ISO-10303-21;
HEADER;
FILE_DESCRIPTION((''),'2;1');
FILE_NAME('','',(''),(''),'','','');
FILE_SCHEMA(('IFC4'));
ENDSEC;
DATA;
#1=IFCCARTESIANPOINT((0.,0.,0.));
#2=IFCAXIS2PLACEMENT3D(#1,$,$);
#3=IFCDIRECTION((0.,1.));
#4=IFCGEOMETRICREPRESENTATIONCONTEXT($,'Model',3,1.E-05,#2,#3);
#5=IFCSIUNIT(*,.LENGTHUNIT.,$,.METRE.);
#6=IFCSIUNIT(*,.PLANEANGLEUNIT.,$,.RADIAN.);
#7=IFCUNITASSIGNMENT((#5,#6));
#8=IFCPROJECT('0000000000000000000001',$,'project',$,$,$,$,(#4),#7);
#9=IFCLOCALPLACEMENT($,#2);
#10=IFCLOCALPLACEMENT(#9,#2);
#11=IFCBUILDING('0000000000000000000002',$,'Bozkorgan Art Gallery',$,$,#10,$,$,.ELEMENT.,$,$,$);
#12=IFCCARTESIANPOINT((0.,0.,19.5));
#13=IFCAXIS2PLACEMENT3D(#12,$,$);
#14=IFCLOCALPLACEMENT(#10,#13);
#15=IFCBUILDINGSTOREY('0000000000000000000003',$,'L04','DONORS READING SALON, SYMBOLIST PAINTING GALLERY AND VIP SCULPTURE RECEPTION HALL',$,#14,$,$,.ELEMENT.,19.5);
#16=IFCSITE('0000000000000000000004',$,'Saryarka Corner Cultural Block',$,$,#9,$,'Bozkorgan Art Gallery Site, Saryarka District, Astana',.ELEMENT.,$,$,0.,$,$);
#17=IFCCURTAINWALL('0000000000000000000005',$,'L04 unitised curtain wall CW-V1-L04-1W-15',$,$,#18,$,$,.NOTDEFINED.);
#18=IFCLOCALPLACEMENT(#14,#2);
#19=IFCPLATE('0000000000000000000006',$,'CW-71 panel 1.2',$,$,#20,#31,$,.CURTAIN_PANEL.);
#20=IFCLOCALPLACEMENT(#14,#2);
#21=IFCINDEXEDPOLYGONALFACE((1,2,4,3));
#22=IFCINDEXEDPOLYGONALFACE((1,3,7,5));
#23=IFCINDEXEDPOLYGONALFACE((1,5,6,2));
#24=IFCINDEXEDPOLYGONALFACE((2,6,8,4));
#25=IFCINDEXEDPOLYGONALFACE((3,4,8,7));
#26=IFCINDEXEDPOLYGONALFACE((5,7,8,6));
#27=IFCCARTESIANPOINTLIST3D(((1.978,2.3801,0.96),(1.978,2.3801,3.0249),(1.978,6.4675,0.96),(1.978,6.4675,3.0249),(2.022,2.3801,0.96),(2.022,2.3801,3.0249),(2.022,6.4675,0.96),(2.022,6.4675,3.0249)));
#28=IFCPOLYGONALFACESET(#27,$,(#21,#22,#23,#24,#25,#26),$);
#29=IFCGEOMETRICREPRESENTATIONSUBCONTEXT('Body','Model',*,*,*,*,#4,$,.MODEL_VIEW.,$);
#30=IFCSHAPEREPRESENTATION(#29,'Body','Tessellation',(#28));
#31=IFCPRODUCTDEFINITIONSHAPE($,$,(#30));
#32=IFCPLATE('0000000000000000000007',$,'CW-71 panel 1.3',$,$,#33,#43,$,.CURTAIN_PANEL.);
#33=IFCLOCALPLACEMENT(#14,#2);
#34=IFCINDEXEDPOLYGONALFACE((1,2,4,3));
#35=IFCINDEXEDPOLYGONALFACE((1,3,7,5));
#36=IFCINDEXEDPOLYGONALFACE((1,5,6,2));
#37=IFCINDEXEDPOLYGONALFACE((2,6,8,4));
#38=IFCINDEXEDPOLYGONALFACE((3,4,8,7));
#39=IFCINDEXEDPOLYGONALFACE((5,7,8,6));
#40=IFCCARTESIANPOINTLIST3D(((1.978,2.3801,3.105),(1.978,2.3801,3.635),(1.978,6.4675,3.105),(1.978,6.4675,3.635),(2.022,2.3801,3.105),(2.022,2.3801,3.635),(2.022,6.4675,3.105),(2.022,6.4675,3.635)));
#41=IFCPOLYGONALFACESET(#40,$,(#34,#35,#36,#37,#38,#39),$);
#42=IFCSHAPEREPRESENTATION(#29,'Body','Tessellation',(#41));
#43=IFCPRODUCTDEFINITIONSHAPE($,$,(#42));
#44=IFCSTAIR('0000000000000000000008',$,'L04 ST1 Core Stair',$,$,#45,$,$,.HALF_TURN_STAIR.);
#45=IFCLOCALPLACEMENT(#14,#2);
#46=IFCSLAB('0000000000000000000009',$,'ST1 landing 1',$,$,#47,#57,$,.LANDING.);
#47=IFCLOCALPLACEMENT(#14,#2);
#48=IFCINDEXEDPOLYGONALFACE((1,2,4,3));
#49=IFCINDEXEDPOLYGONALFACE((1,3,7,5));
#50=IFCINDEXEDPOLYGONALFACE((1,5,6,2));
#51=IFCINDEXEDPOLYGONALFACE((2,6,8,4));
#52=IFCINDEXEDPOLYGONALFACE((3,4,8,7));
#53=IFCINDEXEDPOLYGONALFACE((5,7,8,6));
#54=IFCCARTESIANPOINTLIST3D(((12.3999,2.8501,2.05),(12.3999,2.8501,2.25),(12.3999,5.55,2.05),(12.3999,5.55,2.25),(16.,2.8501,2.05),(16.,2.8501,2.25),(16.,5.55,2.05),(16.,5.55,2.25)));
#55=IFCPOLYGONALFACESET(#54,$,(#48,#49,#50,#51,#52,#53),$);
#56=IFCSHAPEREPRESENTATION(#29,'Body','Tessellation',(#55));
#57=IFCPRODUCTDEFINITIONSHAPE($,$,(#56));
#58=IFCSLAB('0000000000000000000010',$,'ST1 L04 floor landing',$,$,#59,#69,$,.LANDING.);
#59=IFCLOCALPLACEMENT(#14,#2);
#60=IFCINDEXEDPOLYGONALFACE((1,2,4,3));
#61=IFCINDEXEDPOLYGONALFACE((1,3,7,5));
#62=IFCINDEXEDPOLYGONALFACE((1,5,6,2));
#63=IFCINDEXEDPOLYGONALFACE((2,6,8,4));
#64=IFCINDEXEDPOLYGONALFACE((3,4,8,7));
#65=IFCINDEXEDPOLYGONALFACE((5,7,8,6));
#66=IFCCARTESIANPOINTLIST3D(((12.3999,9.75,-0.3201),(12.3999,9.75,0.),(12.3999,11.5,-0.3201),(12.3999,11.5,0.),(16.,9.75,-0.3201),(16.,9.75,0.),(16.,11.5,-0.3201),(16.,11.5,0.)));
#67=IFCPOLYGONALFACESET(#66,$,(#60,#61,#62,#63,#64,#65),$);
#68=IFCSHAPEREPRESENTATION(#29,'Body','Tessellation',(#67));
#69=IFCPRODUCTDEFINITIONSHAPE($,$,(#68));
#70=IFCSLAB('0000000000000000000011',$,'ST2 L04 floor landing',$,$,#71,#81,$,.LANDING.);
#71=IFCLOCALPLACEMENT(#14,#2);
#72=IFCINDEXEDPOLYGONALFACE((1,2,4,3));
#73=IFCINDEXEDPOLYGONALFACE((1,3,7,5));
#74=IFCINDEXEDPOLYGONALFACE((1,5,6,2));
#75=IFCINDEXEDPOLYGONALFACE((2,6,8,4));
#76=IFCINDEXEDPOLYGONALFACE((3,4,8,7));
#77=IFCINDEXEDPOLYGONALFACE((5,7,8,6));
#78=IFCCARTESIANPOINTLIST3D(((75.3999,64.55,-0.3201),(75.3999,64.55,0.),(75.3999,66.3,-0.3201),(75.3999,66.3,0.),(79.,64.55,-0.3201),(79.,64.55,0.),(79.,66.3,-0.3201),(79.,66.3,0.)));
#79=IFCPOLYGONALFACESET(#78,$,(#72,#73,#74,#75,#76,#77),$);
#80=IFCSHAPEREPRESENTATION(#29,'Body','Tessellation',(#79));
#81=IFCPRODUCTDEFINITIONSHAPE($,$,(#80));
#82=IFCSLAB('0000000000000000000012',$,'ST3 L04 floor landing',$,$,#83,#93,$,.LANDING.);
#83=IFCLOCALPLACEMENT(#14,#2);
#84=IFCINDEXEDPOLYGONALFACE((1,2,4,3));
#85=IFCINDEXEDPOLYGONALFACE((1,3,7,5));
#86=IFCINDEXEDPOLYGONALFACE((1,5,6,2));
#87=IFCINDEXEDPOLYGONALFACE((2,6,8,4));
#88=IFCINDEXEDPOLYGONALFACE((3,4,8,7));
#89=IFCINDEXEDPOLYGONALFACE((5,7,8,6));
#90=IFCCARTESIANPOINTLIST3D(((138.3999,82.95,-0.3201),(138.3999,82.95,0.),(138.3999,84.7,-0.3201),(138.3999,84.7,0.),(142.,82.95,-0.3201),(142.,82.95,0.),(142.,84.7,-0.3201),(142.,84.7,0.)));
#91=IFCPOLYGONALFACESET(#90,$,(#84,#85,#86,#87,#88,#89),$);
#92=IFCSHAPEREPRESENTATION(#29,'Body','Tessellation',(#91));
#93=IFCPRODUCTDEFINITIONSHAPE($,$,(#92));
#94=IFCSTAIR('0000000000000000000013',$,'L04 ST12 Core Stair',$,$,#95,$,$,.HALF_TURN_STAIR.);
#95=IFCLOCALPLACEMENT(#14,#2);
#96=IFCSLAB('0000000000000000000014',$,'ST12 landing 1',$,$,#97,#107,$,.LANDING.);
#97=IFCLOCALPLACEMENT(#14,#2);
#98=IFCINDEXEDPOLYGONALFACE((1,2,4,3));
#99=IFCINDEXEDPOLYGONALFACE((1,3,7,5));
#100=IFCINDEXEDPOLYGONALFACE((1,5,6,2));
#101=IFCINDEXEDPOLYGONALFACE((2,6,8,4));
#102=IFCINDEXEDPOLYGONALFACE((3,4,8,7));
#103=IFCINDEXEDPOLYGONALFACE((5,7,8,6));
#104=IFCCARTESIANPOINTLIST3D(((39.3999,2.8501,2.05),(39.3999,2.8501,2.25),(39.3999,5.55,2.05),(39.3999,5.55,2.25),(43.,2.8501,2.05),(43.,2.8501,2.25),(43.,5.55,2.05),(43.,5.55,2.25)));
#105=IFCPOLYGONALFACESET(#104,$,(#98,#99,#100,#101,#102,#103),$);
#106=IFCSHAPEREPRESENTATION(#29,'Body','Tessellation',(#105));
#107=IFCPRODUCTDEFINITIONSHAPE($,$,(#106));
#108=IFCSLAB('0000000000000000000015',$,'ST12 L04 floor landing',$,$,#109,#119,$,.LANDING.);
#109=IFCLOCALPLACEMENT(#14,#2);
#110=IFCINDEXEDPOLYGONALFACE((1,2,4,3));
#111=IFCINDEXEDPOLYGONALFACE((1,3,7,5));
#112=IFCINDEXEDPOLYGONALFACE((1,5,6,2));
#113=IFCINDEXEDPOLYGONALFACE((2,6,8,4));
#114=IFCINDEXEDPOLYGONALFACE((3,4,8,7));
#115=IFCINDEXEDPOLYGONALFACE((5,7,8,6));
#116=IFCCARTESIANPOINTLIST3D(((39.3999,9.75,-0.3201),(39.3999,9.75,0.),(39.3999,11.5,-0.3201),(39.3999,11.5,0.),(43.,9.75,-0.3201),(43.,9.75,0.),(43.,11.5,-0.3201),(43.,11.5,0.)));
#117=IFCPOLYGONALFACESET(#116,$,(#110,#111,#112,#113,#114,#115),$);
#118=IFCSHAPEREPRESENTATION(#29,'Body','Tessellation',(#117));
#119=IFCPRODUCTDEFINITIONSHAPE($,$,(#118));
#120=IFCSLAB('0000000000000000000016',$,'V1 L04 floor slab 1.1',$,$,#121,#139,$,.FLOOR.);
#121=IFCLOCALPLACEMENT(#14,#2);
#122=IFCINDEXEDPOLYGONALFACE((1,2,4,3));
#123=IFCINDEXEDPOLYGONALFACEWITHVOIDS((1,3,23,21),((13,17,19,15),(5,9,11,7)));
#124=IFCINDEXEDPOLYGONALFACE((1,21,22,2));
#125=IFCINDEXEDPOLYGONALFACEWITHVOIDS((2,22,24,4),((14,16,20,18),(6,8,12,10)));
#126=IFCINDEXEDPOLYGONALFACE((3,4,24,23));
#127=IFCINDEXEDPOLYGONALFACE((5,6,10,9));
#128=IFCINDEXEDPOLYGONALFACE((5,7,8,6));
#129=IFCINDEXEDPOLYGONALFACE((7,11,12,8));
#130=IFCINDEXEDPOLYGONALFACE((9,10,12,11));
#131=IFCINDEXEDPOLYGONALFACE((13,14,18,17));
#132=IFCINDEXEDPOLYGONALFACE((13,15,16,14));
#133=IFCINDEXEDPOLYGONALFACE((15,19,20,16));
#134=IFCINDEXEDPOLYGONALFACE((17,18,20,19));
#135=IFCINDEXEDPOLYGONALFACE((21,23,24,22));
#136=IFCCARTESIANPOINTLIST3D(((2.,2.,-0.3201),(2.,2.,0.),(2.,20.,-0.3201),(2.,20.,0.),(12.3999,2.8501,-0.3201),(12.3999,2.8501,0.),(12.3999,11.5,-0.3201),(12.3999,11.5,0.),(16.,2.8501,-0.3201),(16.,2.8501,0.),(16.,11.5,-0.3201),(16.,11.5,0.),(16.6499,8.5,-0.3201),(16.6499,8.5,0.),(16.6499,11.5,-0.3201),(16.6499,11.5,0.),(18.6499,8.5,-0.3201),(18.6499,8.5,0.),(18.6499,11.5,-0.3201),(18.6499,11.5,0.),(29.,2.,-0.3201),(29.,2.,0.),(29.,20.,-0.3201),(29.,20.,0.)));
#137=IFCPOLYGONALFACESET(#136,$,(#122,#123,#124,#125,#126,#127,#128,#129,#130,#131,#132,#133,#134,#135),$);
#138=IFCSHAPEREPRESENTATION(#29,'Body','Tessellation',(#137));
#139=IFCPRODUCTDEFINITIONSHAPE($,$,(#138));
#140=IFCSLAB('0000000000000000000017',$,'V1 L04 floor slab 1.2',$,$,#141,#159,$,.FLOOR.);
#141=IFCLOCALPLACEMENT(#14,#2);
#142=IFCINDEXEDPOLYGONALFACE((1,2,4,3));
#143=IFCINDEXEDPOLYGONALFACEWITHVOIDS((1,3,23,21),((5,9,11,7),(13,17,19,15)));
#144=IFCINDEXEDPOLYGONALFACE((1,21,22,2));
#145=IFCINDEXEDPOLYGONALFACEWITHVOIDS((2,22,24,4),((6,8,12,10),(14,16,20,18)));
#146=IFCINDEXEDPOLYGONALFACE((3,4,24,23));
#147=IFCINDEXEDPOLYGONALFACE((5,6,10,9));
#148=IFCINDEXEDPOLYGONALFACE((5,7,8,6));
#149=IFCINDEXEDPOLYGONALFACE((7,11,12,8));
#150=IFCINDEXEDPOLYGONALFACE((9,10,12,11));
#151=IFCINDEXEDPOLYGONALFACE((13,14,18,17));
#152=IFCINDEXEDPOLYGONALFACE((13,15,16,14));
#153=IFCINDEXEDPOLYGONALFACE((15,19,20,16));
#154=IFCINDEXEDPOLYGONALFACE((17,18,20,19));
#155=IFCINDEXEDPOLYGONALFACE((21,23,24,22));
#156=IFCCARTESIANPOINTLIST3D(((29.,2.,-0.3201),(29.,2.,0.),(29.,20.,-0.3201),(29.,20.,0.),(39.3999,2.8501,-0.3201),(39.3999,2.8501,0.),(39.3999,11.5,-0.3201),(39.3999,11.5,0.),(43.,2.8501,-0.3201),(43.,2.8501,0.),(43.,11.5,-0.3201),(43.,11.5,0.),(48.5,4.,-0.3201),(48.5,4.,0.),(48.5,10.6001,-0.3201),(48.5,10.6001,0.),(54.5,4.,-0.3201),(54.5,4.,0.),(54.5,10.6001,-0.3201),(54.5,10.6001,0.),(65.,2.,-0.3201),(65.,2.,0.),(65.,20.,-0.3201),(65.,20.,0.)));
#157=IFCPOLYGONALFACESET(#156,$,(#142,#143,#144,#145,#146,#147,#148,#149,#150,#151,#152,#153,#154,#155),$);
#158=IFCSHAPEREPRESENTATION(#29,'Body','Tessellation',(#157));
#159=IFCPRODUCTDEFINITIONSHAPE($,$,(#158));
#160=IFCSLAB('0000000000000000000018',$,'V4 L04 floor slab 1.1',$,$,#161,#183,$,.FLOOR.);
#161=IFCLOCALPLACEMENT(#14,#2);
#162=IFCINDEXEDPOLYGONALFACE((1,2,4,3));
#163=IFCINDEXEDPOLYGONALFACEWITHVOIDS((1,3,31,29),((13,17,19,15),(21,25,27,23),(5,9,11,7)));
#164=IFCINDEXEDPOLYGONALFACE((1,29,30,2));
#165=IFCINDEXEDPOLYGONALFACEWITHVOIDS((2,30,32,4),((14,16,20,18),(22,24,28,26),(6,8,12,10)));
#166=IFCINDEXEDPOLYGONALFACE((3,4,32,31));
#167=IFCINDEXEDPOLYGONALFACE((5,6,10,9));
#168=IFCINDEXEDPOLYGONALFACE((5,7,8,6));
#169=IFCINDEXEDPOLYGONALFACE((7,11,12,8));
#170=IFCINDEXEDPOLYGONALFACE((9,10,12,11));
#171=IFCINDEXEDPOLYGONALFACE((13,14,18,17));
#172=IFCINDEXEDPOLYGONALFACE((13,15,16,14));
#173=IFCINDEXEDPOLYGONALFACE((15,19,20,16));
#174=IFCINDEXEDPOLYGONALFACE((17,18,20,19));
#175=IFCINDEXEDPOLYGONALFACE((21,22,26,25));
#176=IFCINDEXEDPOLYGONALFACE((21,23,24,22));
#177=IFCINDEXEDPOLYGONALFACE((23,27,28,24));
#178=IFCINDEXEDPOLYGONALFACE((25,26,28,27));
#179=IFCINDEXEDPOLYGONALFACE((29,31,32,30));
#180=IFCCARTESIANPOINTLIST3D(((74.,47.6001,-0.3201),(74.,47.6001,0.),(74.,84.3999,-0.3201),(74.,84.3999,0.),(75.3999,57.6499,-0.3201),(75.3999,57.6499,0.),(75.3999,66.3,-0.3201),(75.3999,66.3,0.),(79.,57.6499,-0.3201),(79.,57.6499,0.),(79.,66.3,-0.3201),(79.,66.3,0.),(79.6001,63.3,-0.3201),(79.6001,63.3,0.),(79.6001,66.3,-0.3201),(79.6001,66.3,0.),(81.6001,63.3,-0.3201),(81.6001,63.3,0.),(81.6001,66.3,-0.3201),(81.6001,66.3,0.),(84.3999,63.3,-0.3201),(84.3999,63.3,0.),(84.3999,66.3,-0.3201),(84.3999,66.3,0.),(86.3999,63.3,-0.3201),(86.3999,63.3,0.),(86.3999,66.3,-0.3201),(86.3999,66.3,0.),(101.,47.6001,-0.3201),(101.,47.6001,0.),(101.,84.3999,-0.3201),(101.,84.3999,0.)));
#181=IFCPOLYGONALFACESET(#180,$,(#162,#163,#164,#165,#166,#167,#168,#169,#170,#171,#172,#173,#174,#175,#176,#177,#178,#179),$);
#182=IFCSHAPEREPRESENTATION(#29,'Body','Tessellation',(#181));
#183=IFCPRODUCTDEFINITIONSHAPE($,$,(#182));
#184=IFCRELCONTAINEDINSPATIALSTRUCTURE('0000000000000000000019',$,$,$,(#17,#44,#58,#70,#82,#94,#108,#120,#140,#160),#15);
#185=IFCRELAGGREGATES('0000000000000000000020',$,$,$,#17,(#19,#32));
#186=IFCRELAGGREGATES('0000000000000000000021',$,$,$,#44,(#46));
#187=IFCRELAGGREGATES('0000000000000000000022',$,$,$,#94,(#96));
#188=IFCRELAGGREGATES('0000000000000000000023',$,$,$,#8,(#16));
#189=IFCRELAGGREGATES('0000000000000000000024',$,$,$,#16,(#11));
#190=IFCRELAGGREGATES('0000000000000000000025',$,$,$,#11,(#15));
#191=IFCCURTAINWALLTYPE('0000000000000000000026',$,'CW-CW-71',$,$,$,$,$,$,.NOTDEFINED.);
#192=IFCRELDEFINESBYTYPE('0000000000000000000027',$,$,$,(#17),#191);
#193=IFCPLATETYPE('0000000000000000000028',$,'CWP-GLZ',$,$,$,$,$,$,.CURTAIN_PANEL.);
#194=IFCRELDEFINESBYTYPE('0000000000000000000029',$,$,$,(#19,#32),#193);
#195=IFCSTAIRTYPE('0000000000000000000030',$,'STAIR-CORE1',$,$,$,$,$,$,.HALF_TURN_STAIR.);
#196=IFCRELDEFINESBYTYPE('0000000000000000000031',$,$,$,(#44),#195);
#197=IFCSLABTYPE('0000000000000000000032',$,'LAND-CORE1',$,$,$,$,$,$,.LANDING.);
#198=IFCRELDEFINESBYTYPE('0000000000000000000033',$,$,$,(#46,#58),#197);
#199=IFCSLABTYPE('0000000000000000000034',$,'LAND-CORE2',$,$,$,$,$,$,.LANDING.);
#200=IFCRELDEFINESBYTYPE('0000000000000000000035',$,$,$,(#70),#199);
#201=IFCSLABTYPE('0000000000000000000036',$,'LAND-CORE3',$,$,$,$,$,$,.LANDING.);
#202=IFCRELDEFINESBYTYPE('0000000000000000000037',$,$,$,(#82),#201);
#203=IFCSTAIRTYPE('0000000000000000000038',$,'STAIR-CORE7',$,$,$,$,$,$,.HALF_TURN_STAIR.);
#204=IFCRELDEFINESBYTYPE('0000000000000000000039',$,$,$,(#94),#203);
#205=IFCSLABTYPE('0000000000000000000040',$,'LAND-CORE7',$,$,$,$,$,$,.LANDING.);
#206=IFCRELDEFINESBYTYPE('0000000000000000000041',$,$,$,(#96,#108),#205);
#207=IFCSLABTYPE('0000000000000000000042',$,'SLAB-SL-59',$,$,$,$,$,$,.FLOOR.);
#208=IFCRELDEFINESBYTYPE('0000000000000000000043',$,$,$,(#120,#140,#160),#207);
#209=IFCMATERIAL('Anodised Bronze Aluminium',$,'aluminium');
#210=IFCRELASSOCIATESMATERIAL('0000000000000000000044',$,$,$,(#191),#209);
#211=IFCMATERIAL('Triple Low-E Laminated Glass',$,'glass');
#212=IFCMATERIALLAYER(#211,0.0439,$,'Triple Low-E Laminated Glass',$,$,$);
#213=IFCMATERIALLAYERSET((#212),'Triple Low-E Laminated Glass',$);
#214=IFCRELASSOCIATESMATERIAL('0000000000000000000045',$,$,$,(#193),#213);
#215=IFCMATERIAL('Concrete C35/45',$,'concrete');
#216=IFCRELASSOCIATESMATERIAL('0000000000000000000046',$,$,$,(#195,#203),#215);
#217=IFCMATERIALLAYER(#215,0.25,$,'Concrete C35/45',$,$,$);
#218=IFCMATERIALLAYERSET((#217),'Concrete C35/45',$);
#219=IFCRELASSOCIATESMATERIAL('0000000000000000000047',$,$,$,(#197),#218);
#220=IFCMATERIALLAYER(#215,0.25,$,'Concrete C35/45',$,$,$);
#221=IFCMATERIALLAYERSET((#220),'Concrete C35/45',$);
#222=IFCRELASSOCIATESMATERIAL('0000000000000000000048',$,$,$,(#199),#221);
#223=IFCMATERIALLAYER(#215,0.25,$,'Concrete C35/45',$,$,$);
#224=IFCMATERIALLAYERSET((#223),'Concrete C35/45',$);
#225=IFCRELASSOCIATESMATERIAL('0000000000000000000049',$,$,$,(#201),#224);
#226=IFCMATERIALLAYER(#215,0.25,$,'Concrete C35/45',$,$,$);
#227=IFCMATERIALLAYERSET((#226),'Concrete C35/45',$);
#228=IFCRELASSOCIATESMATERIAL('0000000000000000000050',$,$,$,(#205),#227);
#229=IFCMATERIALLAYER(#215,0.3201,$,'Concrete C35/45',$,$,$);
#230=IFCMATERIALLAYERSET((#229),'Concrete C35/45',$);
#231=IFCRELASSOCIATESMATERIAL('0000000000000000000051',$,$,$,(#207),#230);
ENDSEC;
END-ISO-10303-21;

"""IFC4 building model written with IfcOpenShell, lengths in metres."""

from ifc_helpers import new_model, si_unit, direction, frame, origin, origin_2d, place, context, subcontext, project, spatial, polyline, rectangle, outline, extrude, material, layer, layer_set, type_object, element, aggregate, save


model = new_model("IFC4")

# Units and contexts
model_context = context("Model", 3, precision=1e-05, world=origin(), true_north=direction((0.0, 1.0)))
body_context = subcontext(model_context, "Body", "Model", "MODEL_VIEW")
ifc_project = project(units=[si_unit("LENGTHUNIT", "METRE"), si_unit("PLANEANGLEUNIT", "RADIAN")], contexts=[model_context])

# Site, building, storey
site_placement = place(None, origin())
site = spatial("IfcSite", under=ifc_project, at=site_placement, Name="Saryarka Corner Cultural Block", LongName="Bozkorgan Art Gallery Site, Saryarka District, Astana", CompositionType="ELEMENT", RefElevation=0.0)
building_placement = place(site_placement, origin())
building = spatial("IfcBuilding", under=site, at=building_placement, Name="Bozkorgan Art Gallery", CompositionType="ELEMENT")
storey_placement = place(building_placement, frame((0.0, 0.0, 19.5)))
storey = spatial("IfcBuildingStorey", under=building, at=storey_placement, Name="L04", Description="DONORS READING SALON, SYMBOLIST PAINTING GALLERY AND VIP SCULPTURE RECEPTION HALL", CompositionType="ELEMENT", Elevation=19.5)

# Curtain wall, plates
ifc_material_1 = material(Name="Anodised Bronze Aluminium", Category="aluminium")
curtain_wall_type = type_object("IfcCurtainWallType", Name="CW-CW-71", PredefinedType="NOTDEFINED", material=ifc_material_1)
curtain_wall_placement = place(storey_placement, origin())
curtain_wall = element("IfcCurtainWall", 1, at=curtain_wall_placement, inside=storey, type_object=curtain_wall_type, Name="L04 unitised curtain wall CW-V1-L04-1W-15", PredefinedType="NOTDEFINED")
ifc_material_2 = material(Name="Triple Low-E Laminated Glass", Category="glass")
ifc_layer_1 = layer(ifc_material_2, 0.0439, Name="Triple Low-E Laminated Glass")
ifc_layer_set_1 = layer_set([ifc_layer_1], Name="Triple Low-E Laminated Glass")
plate_type = type_object("IfcPlateType", Name="CWP-GLZ", PredefinedType="CURTAIN_PANEL", material=ifc_layer_set_1)
plate_1_placement = place(storey_placement, frame((2.0, 4.4238, 0.96), z_axis=(0.0, 0.0, 1.0), x_axis=(0.0, 1.0, 0.0)))
plate_1 = element("IfcPlate", 2, at=plate_1_placement, type_object=plate_type, Name="CW-71 panel 1.2", PredefinedType="CURTAIN_PANEL", context=body_context, shape_type="SweptSolid", body=[
    extrude(rectangle(XDim=4.0874, YDim=0.0439, at=origin_2d()), origin(), (0.0, 0.0, 1.0), 2.0649),
])
plate_2_placement = place(storey_placement, frame((2.0, 4.4238, 3.105), z_axis=(0.0, 0.0, 1.0), x_axis=(0.0, 1.0, 0.0)))
plate_2 = element("IfcPlate", 3, at=plate_2_placement, type_object=plate_type, Name="CW-71 panel 1.3", PredefinedType="CURTAIN_PANEL", context=body_context, shape_type="SweptSolid", body=[
    extrude(rectangle(XDim=4.0874, YDim=0.0439, at=origin_2d()), origin(), (0.0, 0.0, 1.0), 0.53),
])
aggregate(curtain_wall, [plate_1, plate_2])

# Stair, slab
ifc_material_3 = material(Name="Concrete C35/45", Category="concrete")
stair_type_1 = type_object("IfcStairType", Name="STAIR-CORE1", PredefinedType="HALF_TURN_STAIR", material=ifc_material_3)
stair_1_placement = place(storey_placement, origin())
stair_1 = element("IfcStair", 4, at=stair_1_placement, inside=storey, type_object=stair_type_1, Name="L04 ST1 Core Stair", PredefinedType="HALF_TURN_STAIR")
ifc_layer_2 = layer(ifc_material_3, 0.25, Name="Concrete C35/45")
ifc_layer_set_2 = layer_set([ifc_layer_2], Name="Concrete C35/45")
slab_type_1 = type_object("IfcSlabType", Name="LAND-CORE1", PredefinedType="LANDING", material=ifc_layer_set_2)
slab_1_placement = place(storey_placement, frame((0.0, 0.0, 2.05)))
slab_1 = element("IfcSlab", 5, at=slab_1_placement, type_object=slab_type_1, Name="ST1 landing 1", PredefinedType="LANDING", context=body_context, shape_type="SweptSolid", body=[
    extrude(outline(polyline([(12.3999, 5.55), (12.3999, 2.8501), (16.0, 2.8501), (16.0, 5.55), (12.3999, 5.55)])), origin(), (0.0, 0.0, 1.0), 0.2),
])
aggregate(stair_1, [slab_1])

# Slabs
slab_2_placement = place(storey_placement, frame((0.0, 0.0, -0.3201)))
element("IfcSlab", 6, at=slab_2_placement, inside=storey, type_object=slab_type_1, Name="ST1 L04 floor landing", PredefinedType="LANDING", context=body_context, shape_type="SweptSolid", body=[
    extrude(outline(polyline([(12.3999, 9.75), (16.0, 9.75), (16.0, 11.5), (12.3999, 11.5), (12.3999, 9.75)])), origin(), (0.0, 0.0, 1.0), 0.3201),
])
ifc_layer_3 = layer(ifc_material_3, 0.25, Name="Concrete C35/45")
ifc_layer_set_3 = layer_set([ifc_layer_3], Name="Concrete C35/45")
slab_type_2 = type_object("IfcSlabType", Name="LAND-CORE2", PredefinedType="LANDING", material=ifc_layer_set_3)
slab_3_placement = place(storey_placement, frame((0.0, 0.0, -0.3201)))
element("IfcSlab", 7, at=slab_3_placement, inside=storey, type_object=slab_type_2, Name="ST2 L04 floor landing", PredefinedType="LANDING", context=body_context, shape_type="SweptSolid", body=[
    extrude(outline(polyline([(75.3999, 64.55), (79.0, 64.55), (79.0, 66.3), (75.3999, 66.3), (75.3999, 64.55)])), origin(), (0.0, 0.0, 1.0), 0.3201),
])
ifc_layer_4 = layer(ifc_material_3, 0.25, Name="Concrete C35/45")
ifc_layer_set_4 = layer_set([ifc_layer_4], Name="Concrete C35/45")
slab_type_3 = type_object("IfcSlabType", Name="LAND-CORE3", PredefinedType="LANDING", material=ifc_layer_set_4)
slab_4_placement = place(storey_placement, frame((0.0, 0.0, -0.3201)))
element("IfcSlab", 8, at=slab_4_placement, inside=storey, type_object=slab_type_3, Name="ST3 L04 floor landing", PredefinedType="LANDING", context=body_context, shape_type="SweptSolid", body=[
    extrude(outline(polyline([(138.3999, 82.95), (142.0, 82.95), (142.0, 84.7), (138.3999, 84.7), (138.3999, 82.95)])), origin(), (0.0, 0.0, 1.0), 0.3201),
])

# Stair, slab
stair_type_2 = type_object("IfcStairType", Name="STAIR-CORE7", PredefinedType="HALF_TURN_STAIR", material=ifc_material_3)
stair_2_placement = place(storey_placement, origin())
stair_2 = element("IfcStair", 9, at=stair_2_placement, inside=storey, type_object=stair_type_2, Name="L04 ST12 Core Stair", PredefinedType="HALF_TURN_STAIR")
ifc_layer_5 = layer(ifc_material_3, 0.25, Name="Concrete C35/45")
ifc_layer_set_5 = layer_set([ifc_layer_5], Name="Concrete C35/45")
slab_type_4 = type_object("IfcSlabType", Name="LAND-CORE7", PredefinedType="LANDING", material=ifc_layer_set_5)
slab_5_placement = place(storey_placement, frame((0.0, 0.0, 2.05)))
slab_5 = element("IfcSlab", 10, at=slab_5_placement, type_object=slab_type_4, Name="ST12 landing 1", PredefinedType="LANDING", context=body_context, shape_type="SweptSolid", body=[
    extrude(outline(polyline([(39.3999, 5.55), (39.3999, 2.8501), (43.0, 2.8501), (43.0, 5.55), (39.3999, 5.55)])), origin(), (0.0, 0.0, 1.0), 0.2),
])
aggregate(stair_2, [slab_5])

# Slabs
slab_6_placement = place(storey_placement, frame((0.0, 0.0, -0.3201)))
element("IfcSlab", 11, at=slab_6_placement, inside=storey, type_object=slab_type_4, Name="ST12 L04 floor landing", PredefinedType="LANDING", context=body_context, shape_type="SweptSolid", body=[
    extrude(outline(polyline([(39.3999, 9.75), (43.0, 9.75), (43.0, 11.5), (39.3999, 11.5), (39.3999, 9.75)])), origin(), (0.0, 0.0, 1.0), 0.3201),
])
ifc_layer_6 = layer(ifc_material_3, 0.3201, Name="Concrete C35/45")
ifc_layer_set_6 = layer_set([ifc_layer_6], Name="Concrete C35/45")
slab_type_5 = type_object("IfcSlabType", Name="SLAB-SL-59", PredefinedType="FLOOR", material=ifc_layer_set_6)
slab_7_placement = place(storey_placement, frame((0.0, 0.0, -0.3201)))
element("IfcSlab", 12, at=slab_7_placement, inside=storey, type_object=slab_type_5, Name="V1 L04 floor slab 1.1", PredefinedType="FLOOR", context=body_context, shape_type="SweptSolid", body=[
    extrude(outline(polyline([(2.0, 2.0), (29.0, 2.0), (29.0, 20.0), (2.0, 20.0), (2.0, 2.0)]), holes=[polyline([(12.3999, 2.8501), (16.0, 2.8501), (16.0, 11.5), (12.3999, 11.5), (12.3999, 2.8501)]), polyline([(16.6499, 8.5), (18.6499, 8.5), (18.6499, 11.5), (16.6499, 11.5), (16.6499, 8.5)])]), origin(), (0.0, 0.0, 1.0), 0.3201),
])
slab_8_placement = place(storey_placement, frame((0.0, 0.0, -0.3201)))
element("IfcSlab", 13, at=slab_8_placement, inside=storey, type_object=slab_type_5, Name="V1 L04 floor slab 1.2", PredefinedType="FLOOR", context=body_context, shape_type="SweptSolid", body=[
    extrude(outline(polyline([(29.0, 2.0), (65.0, 2.0), (65.0, 20.0), (29.0, 20.0), (29.0, 2.0)]), holes=[polyline([(39.3999, 2.8501), (43.0, 2.8501), (43.0, 11.5), (39.3999, 11.5), (39.3999, 2.8501)]), polyline([(48.5, 4.0), (54.5, 4.0), (54.5, 10.6001), (48.5, 10.6001), (48.5, 4.0)])]), origin(), (0.0, 0.0, 1.0), 0.3201),
])
slab_9_placement = place(storey_placement, frame((0.0, 0.0, -0.3201)))
element("IfcSlab", 14, at=slab_9_placement, inside=storey, type_object=slab_type_5, Name="V4 L04 floor slab 1.1", PredefinedType="FLOOR", context=body_context, shape_type="SweptSolid", body=[
    extrude(outline(polyline([(74.0, 47.6001), (101.0, 47.6001), (101.0, 84.3999), (74.0, 84.3999), (74.0, 47.6001)]), holes=[polyline([(75.3999, 57.6499), (79.0, 57.6499), (79.0, 66.3), (75.3999, 66.3), (75.3999, 57.6499)]), polyline([(79.6001, 63.3), (81.6001, 63.3), (81.6001, 66.3), (79.6001, 66.3), (79.6001, 63.3)]), polyline([(84.3999, 63.3), (86.3999, 63.3), (86.3999, 66.3), (84.3999, 66.3), (84.3999, 63.3)])]), origin(), (0.0, 0.0, 1.0), 0.3201),
])

save(model, "model.ifc")
